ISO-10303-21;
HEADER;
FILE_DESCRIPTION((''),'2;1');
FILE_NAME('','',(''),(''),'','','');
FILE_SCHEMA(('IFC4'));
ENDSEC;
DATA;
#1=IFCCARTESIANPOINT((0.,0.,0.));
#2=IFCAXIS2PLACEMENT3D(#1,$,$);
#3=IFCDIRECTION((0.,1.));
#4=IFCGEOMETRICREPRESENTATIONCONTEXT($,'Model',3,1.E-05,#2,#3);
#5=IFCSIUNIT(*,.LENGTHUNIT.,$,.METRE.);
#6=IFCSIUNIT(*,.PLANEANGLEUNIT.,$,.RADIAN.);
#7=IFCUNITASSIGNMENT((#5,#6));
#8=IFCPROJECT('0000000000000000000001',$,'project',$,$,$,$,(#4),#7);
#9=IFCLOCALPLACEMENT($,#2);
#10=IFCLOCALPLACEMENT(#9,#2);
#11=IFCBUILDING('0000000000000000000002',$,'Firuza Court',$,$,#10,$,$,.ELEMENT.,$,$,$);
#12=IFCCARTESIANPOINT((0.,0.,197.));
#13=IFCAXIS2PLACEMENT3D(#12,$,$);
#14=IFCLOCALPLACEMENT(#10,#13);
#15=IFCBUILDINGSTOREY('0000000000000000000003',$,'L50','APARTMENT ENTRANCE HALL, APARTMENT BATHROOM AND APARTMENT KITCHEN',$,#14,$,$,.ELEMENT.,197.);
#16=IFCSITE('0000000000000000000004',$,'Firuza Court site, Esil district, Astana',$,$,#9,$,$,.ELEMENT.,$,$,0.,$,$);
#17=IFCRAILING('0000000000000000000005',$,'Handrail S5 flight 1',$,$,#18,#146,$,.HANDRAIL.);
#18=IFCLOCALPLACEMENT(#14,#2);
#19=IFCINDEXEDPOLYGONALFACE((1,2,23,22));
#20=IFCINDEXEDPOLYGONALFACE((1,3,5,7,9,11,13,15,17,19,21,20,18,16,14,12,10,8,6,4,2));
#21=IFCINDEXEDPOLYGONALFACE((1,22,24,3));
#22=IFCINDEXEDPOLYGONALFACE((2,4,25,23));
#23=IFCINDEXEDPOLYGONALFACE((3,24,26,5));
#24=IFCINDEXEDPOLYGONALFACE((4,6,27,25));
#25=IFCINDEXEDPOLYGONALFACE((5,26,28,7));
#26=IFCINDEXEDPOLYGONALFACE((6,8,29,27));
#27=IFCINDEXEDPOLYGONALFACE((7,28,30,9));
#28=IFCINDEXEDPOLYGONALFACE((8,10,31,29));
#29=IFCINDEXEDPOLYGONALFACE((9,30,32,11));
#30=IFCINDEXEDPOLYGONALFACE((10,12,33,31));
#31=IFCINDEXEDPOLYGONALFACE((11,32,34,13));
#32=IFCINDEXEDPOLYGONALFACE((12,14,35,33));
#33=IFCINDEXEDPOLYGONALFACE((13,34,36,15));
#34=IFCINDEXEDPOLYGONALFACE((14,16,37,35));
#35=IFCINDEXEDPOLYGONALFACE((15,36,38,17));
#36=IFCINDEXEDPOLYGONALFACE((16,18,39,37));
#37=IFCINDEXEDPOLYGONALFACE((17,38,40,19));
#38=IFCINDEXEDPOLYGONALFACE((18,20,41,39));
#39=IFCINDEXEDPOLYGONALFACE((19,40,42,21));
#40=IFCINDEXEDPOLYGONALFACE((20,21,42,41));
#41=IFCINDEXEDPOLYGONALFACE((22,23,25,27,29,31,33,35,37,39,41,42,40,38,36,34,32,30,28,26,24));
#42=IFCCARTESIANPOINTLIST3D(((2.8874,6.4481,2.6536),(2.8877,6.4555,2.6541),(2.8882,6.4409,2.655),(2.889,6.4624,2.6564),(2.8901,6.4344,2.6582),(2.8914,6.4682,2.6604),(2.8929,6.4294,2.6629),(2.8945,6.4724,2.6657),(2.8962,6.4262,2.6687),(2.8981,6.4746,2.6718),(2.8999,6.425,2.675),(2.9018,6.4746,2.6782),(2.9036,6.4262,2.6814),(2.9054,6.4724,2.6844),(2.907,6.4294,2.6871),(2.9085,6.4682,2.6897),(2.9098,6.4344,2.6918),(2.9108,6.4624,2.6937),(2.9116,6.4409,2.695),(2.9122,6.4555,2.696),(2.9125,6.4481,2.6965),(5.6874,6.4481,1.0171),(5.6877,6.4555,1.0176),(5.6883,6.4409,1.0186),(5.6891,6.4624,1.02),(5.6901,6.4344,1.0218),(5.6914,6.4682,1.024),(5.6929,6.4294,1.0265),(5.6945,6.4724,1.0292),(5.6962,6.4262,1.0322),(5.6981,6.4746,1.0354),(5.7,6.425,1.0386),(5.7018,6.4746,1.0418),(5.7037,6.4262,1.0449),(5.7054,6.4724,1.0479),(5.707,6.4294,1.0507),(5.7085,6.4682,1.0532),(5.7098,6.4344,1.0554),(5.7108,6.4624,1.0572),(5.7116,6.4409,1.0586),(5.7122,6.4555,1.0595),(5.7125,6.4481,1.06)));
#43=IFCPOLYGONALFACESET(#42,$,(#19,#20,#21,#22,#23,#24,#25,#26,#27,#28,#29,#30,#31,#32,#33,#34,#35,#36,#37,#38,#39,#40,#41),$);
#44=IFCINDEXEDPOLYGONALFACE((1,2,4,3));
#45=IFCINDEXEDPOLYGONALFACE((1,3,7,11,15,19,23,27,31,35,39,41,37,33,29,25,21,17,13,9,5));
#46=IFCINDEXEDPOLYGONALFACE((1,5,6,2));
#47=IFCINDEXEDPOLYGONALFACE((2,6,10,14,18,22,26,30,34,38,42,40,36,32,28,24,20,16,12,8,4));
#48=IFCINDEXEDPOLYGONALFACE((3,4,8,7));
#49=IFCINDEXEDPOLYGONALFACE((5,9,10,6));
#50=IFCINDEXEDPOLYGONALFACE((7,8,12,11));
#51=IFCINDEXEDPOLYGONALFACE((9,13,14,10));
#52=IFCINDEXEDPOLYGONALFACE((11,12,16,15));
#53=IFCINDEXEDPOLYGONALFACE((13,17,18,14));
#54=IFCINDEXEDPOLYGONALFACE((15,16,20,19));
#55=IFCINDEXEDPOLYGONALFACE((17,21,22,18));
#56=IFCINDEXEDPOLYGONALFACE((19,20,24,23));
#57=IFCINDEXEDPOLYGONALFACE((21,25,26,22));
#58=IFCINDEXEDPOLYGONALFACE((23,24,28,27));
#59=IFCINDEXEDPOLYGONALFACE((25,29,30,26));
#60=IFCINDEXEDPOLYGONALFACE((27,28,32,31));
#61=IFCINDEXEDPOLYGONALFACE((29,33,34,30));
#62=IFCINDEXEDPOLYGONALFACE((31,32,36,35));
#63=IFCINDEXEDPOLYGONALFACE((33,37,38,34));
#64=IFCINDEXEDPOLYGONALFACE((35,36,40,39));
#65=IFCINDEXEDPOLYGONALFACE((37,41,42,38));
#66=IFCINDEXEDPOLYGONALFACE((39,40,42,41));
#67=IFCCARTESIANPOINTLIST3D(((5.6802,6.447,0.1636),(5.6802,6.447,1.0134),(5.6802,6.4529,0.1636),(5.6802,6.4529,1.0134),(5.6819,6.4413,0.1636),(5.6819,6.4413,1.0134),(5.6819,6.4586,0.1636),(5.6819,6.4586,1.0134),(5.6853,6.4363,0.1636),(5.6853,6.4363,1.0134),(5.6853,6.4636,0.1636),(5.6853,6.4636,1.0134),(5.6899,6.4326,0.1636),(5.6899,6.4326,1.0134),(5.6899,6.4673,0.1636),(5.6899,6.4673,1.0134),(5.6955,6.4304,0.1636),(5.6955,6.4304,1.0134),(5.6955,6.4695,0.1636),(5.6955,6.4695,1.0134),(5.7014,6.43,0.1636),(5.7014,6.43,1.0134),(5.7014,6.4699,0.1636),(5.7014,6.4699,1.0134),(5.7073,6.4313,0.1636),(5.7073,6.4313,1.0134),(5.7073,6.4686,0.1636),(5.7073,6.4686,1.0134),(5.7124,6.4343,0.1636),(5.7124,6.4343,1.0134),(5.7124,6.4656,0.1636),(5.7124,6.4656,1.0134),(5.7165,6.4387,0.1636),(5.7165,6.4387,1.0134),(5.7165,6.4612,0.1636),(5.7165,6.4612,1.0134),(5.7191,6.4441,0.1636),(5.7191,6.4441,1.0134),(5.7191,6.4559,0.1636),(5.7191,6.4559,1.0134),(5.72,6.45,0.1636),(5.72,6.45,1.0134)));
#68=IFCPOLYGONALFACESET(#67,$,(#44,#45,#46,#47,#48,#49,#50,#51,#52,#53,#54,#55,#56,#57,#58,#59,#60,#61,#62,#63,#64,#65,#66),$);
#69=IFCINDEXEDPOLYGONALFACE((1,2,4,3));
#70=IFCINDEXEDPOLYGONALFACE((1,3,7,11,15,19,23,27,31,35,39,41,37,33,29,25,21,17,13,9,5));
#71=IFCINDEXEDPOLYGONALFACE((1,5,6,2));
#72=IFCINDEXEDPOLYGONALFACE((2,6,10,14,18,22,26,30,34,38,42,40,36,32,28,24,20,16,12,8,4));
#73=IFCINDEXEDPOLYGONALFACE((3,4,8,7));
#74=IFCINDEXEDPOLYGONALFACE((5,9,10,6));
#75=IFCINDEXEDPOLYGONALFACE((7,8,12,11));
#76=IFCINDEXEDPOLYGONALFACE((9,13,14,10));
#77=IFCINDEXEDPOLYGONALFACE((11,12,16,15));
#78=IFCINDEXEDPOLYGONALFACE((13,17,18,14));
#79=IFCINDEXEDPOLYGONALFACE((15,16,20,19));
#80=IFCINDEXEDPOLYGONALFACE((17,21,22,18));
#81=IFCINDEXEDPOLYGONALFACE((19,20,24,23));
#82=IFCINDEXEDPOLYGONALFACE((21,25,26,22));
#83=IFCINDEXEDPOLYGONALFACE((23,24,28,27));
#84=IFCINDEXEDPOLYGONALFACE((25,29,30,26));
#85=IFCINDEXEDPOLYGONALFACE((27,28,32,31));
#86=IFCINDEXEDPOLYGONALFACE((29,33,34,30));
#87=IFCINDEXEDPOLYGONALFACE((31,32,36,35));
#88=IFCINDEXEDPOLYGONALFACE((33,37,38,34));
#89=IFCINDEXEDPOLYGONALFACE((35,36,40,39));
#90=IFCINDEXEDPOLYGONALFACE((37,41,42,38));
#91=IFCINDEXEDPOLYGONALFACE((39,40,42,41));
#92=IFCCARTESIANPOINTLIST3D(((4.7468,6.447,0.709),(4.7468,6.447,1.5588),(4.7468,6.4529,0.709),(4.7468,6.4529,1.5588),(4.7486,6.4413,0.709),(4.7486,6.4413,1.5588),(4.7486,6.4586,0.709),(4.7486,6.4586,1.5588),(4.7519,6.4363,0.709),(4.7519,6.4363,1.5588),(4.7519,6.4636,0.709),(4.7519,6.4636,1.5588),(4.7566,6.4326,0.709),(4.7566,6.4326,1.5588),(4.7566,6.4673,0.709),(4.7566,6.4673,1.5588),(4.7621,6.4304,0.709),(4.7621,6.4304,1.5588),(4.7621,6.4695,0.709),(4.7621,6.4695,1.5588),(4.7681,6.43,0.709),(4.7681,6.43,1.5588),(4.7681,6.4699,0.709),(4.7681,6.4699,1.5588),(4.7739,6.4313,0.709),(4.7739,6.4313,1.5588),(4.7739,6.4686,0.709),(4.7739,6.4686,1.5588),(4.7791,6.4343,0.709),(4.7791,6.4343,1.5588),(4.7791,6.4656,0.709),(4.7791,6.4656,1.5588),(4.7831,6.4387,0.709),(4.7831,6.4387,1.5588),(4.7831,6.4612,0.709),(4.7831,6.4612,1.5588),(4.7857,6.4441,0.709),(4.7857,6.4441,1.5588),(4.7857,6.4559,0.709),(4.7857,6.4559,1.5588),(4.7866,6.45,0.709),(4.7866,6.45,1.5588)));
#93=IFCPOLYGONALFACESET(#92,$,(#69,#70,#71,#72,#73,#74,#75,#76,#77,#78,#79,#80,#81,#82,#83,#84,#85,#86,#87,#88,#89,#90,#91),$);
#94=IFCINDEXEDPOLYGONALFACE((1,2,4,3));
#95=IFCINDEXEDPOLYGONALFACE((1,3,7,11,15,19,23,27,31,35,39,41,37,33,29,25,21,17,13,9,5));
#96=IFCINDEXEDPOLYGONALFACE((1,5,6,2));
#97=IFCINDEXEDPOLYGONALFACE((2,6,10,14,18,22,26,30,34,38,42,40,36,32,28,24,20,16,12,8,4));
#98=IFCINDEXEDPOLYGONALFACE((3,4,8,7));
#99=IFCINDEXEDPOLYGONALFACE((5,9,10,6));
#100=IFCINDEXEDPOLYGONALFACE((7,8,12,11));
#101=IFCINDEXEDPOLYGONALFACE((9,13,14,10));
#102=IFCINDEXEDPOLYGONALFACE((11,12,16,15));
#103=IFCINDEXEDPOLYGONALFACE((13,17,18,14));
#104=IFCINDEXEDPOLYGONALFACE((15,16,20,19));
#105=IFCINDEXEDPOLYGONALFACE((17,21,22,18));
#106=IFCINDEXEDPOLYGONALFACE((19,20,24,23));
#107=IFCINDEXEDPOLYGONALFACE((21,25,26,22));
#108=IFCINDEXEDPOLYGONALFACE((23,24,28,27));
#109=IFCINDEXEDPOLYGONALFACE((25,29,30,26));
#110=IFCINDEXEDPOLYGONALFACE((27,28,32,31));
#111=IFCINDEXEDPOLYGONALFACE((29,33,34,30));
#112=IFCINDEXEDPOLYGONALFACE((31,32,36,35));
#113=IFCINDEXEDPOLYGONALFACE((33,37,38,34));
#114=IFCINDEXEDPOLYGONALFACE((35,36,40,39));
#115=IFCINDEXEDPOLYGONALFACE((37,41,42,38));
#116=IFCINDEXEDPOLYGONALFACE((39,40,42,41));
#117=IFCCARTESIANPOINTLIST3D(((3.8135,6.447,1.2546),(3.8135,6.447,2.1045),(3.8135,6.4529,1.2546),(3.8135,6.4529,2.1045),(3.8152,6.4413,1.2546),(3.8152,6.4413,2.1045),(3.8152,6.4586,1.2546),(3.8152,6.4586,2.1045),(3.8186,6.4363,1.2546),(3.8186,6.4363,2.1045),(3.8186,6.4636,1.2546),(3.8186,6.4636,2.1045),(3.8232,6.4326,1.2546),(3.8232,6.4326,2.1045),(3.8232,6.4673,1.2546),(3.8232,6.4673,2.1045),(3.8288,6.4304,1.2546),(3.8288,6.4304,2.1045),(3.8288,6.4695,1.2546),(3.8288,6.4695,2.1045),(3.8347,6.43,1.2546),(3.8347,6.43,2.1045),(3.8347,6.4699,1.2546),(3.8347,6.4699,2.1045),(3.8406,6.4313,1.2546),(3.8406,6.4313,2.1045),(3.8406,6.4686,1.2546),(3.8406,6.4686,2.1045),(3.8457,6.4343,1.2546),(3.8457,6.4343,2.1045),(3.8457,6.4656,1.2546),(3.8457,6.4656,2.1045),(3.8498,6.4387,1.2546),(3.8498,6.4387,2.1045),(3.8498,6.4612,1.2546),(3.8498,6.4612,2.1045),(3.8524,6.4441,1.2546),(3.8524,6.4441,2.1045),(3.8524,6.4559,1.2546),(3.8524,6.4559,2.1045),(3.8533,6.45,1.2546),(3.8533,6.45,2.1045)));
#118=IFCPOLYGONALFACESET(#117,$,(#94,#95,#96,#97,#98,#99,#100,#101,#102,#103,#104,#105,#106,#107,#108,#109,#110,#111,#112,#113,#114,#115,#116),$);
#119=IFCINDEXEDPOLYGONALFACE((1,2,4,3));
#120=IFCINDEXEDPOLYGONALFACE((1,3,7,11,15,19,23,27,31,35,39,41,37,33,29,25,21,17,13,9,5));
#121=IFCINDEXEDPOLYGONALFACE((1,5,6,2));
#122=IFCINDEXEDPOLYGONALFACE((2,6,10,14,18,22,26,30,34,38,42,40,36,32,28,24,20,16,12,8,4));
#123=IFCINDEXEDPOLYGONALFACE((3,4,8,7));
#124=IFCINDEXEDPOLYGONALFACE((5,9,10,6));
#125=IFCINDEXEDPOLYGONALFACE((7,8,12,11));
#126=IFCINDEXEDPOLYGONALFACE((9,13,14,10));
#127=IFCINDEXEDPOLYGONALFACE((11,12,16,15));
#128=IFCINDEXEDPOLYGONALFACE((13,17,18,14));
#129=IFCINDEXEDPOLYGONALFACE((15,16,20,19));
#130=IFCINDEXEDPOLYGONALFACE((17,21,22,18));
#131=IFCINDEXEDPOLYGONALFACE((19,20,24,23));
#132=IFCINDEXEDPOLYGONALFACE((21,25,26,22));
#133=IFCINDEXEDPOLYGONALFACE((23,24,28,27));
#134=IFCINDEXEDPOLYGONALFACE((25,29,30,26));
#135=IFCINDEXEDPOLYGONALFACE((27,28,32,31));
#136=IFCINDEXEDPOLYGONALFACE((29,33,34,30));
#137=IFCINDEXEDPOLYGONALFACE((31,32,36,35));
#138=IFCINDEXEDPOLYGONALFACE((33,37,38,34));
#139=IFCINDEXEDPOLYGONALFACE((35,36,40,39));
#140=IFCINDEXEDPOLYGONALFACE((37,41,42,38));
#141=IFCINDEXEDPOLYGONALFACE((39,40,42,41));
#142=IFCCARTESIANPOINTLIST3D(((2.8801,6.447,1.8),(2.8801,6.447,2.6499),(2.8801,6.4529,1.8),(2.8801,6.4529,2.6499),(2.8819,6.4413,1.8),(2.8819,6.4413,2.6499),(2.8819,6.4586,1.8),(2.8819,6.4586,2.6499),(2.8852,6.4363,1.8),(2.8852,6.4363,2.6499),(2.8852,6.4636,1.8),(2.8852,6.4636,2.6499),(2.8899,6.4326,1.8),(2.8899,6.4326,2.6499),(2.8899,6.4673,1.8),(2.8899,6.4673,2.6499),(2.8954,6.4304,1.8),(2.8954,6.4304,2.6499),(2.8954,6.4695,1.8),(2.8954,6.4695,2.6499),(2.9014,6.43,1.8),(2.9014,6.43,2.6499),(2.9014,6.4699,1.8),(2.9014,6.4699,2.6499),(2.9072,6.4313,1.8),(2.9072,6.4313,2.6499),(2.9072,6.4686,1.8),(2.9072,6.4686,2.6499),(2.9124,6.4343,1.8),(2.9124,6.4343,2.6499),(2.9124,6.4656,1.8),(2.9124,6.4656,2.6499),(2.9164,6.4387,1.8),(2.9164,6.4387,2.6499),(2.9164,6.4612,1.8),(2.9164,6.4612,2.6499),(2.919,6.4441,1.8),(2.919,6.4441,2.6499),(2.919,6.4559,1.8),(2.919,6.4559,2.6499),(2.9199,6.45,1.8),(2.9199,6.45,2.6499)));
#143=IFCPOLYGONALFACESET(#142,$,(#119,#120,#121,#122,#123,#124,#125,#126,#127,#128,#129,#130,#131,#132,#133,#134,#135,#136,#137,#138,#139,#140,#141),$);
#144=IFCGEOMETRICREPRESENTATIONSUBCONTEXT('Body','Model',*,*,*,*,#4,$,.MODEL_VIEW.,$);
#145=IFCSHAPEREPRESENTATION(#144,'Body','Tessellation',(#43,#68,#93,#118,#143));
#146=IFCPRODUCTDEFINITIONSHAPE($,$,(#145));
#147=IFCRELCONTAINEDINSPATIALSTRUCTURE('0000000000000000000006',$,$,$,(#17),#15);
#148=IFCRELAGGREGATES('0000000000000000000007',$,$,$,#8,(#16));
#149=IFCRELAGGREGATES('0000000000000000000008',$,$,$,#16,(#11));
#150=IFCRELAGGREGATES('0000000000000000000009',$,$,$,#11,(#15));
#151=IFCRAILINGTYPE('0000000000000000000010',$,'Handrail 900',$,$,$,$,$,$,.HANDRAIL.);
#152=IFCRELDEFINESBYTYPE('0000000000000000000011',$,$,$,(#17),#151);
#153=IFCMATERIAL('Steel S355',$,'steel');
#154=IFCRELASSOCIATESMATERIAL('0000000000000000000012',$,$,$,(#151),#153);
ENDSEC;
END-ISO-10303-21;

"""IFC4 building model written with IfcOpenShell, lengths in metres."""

from ifc_helpers import new_model, si_unit, direction, frame, origin, origin_2d, place, context, subcontext, project, spatial, circle, extrude, material, type_object, element, save


model = new_model("IFC4")

# Units and contexts
model_context = context("Model", 3, precision=1e-05, world=origin(), true_north=direction((0.0, 1.0)))
body_context = subcontext(model_context, "Body", "Model", "MODEL_VIEW")
ifc_project = project(units=[si_unit("LENGTHUNIT", "METRE"), si_unit("PLANEANGLEUNIT", "RADIAN")], contexts=[model_context])

# Site, building, storey
site_placement = place(None, origin())
site = spatial("IfcSite", under=ifc_project, at=site_placement, Name="Firuza Court site, Esil district, Astana", CompositionType="ELEMENT", RefElevation=0.0)
building_placement = place(site_placement, origin())
building = spatial("IfcBuilding", under=site, at=building_placement, Name="Firuza Court", CompositionType="ELEMENT")
storey_placement = place(building_placement, frame((0.0, 0.0, 197.0)))
storey = spatial("IfcBuildingStorey", under=building, at=storey_placement, Name="L50", Description="APARTMENT ENTRANCE HALL, APARTMENT BATHROOM AND APARTMENT KITCHEN", CompositionType="ELEMENT", Elevation=197.0)

# Railing
ifc_material_1 = material(Name="Steel S355", Category="steel")
railing_type_1 = type_object("IfcRailingType", Name="Handrail 900", PredefinedType="HANDRAIL", material=ifc_material_1)
railing_1_placement = place(storey_placement, frame((5.7, 6.45, 0.1636)))
element("IfcRailing", 1, at=railing_1_placement, inside=storey, type_object=railing_type_1, Name="Handrail S5 flight 1", PredefinedType="HANDRAIL", context=body_context, shape_type="SweptSolid", body=[
    extrude(circle(Radius=0.0249, at=origin_2d()), frame((0.0, 0.0, 0.875), z_axis=(-0.863361, 0.0, 0.504587), x_axis=(0.0, -1.0, 0.0)), (0.0, 0.0, 1.0), 3.2432),
    extrude(circle(Radius=0.02, at=origin_2d()), origin(), (0.0, 0.0, 1.0), 0.8499),
    extrude(circle(Radius=0.02, at=origin_2d()), frame((-0.9333, 0.0, 0.5454)), (0.0, 0.0, 1.0), 0.8499),
    extrude(circle(Radius=0.02, at=origin_2d()), frame((-1.8667, 0.0, 1.0911)), (0.0, 0.0, 1.0), 0.8499),
    extrude(circle(Radius=0.02, at=origin_2d()), frame((-2.8, 0.0, 1.6365)), (0.0, 0.0, 1.0), 0.8499),
])

save(model, "model.ifc")
